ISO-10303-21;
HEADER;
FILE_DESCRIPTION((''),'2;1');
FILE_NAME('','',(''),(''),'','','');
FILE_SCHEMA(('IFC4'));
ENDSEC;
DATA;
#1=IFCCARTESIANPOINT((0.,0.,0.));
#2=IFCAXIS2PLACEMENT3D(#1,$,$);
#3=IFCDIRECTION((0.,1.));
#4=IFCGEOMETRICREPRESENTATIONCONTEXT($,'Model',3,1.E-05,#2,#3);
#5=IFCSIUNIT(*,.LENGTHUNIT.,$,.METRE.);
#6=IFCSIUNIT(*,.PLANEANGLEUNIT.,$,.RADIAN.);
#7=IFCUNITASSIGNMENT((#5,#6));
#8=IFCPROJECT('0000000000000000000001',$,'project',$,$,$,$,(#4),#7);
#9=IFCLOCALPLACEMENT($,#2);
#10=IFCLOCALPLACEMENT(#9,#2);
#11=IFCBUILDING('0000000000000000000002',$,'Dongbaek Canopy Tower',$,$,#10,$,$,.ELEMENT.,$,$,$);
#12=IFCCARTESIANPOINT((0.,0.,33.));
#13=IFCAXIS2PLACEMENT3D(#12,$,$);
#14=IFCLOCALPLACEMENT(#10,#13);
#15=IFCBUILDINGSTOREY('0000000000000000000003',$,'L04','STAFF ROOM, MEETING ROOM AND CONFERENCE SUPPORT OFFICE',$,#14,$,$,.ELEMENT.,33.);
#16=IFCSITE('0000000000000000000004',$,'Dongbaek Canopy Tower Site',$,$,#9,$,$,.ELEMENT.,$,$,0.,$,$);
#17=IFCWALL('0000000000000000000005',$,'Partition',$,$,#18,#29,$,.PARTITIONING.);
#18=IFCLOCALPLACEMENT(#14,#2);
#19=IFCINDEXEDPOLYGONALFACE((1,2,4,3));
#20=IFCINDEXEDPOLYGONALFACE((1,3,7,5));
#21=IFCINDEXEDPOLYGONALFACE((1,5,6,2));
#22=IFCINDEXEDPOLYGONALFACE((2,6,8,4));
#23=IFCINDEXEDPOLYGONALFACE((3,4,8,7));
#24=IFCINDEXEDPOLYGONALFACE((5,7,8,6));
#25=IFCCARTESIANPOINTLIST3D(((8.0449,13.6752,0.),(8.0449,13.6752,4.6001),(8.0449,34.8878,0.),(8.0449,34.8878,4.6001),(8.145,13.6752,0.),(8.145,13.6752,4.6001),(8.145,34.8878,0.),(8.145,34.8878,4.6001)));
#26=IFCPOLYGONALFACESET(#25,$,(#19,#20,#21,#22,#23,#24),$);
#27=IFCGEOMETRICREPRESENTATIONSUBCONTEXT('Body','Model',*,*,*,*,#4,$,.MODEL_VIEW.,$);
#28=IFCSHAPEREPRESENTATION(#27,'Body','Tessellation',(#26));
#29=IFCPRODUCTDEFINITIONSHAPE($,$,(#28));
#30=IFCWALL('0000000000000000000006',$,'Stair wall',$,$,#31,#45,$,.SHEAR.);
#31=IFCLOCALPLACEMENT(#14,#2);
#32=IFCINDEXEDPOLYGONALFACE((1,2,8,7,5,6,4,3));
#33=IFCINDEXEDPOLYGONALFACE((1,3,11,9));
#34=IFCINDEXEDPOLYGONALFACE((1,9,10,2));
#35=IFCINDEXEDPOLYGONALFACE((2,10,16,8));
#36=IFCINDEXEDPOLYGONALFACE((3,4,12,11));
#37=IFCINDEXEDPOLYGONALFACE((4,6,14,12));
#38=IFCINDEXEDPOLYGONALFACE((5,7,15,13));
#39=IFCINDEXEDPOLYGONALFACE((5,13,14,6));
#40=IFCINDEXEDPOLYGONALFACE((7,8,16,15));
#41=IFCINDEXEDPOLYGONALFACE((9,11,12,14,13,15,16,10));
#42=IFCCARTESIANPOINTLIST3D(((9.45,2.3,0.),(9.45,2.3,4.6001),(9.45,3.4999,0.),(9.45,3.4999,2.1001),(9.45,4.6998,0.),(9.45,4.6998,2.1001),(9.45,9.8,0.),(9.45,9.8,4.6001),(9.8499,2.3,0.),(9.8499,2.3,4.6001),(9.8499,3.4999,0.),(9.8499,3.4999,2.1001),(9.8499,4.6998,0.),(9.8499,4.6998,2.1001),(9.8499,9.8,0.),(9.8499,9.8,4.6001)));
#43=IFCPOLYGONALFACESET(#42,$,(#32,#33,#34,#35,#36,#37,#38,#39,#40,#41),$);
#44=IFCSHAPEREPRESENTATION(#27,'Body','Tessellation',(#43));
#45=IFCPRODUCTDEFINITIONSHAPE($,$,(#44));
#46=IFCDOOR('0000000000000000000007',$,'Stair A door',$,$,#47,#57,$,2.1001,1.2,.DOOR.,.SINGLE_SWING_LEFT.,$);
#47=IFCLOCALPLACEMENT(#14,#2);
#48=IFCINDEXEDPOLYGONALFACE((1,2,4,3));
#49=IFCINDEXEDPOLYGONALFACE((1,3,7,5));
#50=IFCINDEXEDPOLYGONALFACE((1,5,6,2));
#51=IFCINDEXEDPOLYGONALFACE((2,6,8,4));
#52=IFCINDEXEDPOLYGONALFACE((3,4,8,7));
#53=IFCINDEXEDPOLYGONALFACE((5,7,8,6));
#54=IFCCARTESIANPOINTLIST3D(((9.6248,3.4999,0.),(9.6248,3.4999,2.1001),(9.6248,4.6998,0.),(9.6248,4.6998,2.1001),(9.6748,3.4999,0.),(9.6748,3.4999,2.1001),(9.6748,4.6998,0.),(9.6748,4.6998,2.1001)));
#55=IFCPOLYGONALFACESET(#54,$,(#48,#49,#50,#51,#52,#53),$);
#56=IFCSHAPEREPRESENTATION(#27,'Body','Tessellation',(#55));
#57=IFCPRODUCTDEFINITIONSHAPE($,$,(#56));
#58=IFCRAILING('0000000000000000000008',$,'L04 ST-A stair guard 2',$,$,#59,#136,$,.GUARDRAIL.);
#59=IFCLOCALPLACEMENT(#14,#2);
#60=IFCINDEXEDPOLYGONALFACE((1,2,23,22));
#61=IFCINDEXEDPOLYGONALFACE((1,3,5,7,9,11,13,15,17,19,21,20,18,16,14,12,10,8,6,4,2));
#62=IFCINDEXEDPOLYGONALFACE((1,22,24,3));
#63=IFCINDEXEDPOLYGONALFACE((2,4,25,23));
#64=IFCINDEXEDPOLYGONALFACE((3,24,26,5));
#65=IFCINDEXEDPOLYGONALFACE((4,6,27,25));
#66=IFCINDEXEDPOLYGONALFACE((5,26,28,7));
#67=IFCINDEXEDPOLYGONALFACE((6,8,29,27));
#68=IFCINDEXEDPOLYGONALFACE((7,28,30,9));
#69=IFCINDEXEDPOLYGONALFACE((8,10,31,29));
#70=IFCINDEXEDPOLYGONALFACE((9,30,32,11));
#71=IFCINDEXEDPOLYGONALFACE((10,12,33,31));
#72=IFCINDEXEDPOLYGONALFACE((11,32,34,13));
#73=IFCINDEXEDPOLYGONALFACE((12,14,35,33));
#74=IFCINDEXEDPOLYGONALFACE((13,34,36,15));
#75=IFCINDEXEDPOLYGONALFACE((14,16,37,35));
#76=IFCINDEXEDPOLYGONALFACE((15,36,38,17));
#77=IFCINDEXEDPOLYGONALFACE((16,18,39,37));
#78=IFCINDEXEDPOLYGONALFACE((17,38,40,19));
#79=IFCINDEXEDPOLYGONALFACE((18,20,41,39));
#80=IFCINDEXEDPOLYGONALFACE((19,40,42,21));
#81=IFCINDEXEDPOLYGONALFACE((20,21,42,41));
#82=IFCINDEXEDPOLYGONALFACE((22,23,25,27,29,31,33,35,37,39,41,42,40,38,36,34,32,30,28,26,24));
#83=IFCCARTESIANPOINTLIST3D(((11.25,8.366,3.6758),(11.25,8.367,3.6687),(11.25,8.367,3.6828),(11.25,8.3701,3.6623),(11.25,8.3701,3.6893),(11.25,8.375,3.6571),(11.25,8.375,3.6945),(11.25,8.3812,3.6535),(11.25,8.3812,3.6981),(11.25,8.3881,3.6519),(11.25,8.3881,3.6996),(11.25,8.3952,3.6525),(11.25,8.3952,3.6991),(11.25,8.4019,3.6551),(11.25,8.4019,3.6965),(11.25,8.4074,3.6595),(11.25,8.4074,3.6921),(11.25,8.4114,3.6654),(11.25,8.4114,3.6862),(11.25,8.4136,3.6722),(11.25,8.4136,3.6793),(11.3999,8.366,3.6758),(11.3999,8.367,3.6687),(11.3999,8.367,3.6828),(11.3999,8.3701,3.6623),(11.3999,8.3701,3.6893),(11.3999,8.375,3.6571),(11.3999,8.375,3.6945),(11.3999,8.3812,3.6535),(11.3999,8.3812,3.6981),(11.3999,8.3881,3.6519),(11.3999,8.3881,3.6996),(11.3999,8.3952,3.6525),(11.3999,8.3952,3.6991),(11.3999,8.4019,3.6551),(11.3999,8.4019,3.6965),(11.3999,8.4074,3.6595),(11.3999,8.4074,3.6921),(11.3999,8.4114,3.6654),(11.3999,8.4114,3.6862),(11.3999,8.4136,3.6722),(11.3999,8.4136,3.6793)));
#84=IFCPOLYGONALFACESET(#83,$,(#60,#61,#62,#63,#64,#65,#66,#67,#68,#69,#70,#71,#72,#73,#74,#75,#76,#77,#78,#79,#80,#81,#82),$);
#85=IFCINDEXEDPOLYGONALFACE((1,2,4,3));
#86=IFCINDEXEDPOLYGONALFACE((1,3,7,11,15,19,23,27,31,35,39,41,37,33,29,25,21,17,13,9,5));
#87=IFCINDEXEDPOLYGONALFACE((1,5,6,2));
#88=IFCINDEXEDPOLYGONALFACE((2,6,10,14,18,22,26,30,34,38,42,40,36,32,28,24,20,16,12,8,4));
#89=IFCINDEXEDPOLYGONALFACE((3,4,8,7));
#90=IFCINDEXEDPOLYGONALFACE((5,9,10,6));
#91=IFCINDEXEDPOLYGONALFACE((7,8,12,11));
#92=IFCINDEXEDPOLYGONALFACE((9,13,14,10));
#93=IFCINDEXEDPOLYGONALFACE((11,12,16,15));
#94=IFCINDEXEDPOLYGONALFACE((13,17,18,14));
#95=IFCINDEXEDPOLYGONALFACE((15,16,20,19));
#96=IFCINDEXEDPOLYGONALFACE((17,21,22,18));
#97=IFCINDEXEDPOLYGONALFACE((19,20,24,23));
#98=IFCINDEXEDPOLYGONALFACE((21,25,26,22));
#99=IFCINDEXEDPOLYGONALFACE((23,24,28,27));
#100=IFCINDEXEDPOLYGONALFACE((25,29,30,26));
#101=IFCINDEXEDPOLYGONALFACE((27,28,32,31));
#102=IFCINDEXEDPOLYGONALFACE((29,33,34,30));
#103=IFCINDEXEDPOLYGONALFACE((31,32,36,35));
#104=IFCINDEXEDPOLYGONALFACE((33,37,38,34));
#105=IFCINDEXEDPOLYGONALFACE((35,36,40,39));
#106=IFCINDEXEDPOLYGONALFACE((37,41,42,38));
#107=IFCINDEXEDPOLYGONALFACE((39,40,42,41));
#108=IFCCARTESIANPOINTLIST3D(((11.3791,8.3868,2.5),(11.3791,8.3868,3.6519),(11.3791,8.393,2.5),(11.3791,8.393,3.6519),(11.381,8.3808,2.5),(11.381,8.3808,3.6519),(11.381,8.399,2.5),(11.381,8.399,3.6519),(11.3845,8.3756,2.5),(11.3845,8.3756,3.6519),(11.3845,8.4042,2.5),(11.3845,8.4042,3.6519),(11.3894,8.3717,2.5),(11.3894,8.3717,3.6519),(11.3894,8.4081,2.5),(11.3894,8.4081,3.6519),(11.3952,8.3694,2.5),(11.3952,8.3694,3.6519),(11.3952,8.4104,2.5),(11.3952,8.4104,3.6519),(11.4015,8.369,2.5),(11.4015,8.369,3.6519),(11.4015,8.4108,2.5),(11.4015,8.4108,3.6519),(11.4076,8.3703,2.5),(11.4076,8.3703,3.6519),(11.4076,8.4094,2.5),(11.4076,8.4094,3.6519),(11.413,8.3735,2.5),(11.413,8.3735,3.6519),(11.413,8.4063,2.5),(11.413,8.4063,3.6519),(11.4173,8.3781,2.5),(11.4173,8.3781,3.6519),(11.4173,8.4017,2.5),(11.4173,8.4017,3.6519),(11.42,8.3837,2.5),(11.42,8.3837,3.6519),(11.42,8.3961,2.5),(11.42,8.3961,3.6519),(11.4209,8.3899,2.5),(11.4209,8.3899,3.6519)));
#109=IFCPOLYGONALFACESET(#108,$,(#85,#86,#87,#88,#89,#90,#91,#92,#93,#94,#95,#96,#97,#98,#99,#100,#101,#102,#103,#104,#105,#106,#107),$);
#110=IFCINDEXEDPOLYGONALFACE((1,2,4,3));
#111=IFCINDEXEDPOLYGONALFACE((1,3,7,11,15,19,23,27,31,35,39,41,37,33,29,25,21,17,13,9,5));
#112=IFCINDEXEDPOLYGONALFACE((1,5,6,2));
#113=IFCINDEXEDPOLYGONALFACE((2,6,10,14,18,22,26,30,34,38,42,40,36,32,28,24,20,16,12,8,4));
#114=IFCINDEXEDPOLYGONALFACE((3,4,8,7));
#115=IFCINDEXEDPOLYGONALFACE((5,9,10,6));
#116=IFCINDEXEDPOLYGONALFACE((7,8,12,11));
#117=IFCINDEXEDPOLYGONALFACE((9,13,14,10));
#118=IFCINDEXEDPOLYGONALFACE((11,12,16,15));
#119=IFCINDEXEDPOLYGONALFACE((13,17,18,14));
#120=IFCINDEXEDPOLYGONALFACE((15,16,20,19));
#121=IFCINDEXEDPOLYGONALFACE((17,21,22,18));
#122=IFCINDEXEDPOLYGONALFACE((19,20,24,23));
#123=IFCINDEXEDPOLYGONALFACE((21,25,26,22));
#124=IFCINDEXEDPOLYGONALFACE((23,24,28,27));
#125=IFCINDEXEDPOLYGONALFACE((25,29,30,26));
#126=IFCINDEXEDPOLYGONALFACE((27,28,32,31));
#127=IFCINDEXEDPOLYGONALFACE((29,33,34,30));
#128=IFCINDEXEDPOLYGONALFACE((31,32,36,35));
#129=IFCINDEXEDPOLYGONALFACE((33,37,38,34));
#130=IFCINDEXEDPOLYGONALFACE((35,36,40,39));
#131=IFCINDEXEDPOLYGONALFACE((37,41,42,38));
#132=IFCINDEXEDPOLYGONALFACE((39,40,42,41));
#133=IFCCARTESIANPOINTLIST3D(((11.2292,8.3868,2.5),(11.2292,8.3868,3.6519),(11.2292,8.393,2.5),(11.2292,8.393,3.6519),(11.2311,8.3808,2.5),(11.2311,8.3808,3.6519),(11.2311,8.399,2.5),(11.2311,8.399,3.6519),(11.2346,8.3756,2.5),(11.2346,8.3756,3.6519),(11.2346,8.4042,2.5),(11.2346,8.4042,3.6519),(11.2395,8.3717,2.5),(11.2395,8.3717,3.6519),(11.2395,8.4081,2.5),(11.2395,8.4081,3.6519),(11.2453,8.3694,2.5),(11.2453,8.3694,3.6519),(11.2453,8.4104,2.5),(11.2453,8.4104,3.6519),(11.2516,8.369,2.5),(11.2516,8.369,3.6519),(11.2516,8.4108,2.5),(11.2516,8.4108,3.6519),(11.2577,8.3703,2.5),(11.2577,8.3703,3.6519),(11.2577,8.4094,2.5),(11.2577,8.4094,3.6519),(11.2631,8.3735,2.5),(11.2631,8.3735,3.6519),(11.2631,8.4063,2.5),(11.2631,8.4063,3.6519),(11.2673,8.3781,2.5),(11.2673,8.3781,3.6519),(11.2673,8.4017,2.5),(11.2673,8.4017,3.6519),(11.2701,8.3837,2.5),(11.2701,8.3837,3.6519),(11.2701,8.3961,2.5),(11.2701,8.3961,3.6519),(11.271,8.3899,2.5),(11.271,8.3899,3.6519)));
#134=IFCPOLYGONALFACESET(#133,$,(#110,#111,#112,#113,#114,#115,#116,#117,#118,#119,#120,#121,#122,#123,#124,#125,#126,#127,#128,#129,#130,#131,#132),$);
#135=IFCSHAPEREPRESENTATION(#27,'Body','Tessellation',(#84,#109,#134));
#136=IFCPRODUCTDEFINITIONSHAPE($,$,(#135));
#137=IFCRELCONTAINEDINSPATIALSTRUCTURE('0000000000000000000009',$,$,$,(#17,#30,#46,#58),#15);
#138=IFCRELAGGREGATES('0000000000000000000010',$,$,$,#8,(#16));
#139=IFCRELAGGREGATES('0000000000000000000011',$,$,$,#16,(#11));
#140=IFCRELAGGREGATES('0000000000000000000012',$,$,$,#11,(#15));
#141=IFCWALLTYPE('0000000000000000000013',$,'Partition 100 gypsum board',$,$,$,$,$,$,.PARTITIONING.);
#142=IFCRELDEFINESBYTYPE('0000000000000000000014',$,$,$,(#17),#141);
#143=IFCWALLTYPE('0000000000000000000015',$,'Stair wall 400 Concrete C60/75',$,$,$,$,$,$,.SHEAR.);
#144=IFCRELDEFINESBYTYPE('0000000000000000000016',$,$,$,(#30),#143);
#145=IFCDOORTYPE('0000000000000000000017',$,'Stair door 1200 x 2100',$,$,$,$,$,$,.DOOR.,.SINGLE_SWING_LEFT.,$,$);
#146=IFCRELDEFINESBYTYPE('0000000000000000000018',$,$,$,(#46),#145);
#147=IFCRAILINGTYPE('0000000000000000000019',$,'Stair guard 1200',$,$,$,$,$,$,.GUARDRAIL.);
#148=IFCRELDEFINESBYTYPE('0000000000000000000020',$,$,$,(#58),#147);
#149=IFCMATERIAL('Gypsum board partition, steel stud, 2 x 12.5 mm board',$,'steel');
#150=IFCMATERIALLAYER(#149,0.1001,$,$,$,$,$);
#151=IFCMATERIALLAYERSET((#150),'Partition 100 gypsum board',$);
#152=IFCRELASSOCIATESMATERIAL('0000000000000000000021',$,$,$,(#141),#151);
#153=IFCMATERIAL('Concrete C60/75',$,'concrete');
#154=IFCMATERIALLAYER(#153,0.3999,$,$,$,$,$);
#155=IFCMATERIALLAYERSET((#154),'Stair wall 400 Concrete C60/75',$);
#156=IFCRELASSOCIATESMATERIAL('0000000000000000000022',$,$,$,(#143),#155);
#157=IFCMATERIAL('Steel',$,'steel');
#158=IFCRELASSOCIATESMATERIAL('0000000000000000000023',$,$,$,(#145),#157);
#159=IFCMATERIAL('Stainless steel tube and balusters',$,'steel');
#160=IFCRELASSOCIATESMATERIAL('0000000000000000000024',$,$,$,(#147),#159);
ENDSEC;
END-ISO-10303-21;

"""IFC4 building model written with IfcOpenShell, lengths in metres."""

from ifc_helpers import new_model, si_unit, direction, frame, frame_2d, origin, origin_2d, place, context, subcontext, project, spatial, rectangle, circle, extrude, material, layer, layer_set, type_object, element, fill, save


model = new_model("IFC4")

# Units and contexts
model_context = context("Model", 3, precision=1e-05, world=origin(), true_north=direction((0.0, 1.0)))
body_context = subcontext(model_context, "Body", "Model", "MODEL_VIEW")
ifc_project = project(units=[si_unit("LENGTHUNIT", "METRE"), si_unit("PLANEANGLEUNIT", "RADIAN")], contexts=[model_context])

# Site, building, storey
site_placement = place(None, origin())
site = spatial("IfcSite", under=ifc_project, at=site_placement, Name="Dongbaek Canopy Tower Site", CompositionType="ELEMENT", RefElevation=0.0)
building_placement = place(site_placement, origin())
building = spatial("IfcBuilding", under=site, at=building_placement, Name="Dongbaek Canopy Tower", CompositionType="ELEMENT")
storey_placement = place(building_placement, frame((0.0, 0.0, 33.0)))
storey = spatial("IfcBuildingStorey", under=building, at=storey_placement, Name="L04", Description="STAFF ROOM, MEETING ROOM AND CONFERENCE SUPPORT OFFICE", CompositionType="ELEMENT", Elevation=33.0)

# Wall
ifc_material_1 = material(Name="Gypsum board partition, steel stud, 2 x 12.5 mm board", Category="steel")
ifc_layer_1 = layer(ifc_material_1, 0.1001)
ifc_layer_set_1 = layer_set([ifc_layer_1], Name="Partition 100 gypsum board")
wall_type_1 = type_object("IfcWallType", Name="Partition 100 gypsum board", PredefinedType="PARTITIONING", material=ifc_layer_set_1)
wall_1_placement = place(storey_placement, frame((8.095, 13.675, 0.0), z_axis=(0.0, 0.0, 1.0), x_axis=(0.0, 1.0, 0.0)))
element("IfcWall", 1, at=wall_1_placement, inside=storey, type_object=wall_type_1, Name="Partition", PredefinedType="PARTITIONING", context=body_context, shape_type="SweptSolid", body=[
    extrude(rectangle(XDim=21.2126, YDim=0.1001, at=frame_2d((10.6064, 0.0))), origin(), (0.0, 0.0, 1.0), 4.6001),
])

# Wall, opening, door
ifc_material_2 = material(Name="Concrete C60/75", Category="concrete")
ifc_layer_2 = layer(ifc_material_2, 0.3999)
ifc_layer_set_2 = layer_set([ifc_layer_2], Name="Stair wall 400 Concrete C60/75")
wall_type_2 = type_object("IfcWallType", Name="Stair wall 400 Concrete C60/75", PredefinedType="SHEAR", material=ifc_layer_set_2)
wall_2_placement = place(storey_placement, frame((9.6499, 9.8, 0.0), z_axis=(0.0, 0.0, 1.0), x_axis=(0.0, -1.0, 0.0)))
wall_2 = element("IfcWall", 2, at=wall_2_placement, inside=storey, type_object=wall_type_2, Name="Stair wall", PredefinedType="SHEAR", context=body_context, shape_type="SweptSolid", body=[
    extrude(rectangle(XDim=7.5, YDim=0.3999, at=frame_2d((3.75, 0.0))), origin(), (0.0, 0.0, 1.0), 4.6001),
])
opening_1_placement = place(wall_2_placement, frame((5.1001, 0.0, 0.0)))
opening_1 = element("IfcOpeningElement", 3, at=opening_1_placement, cuts=wall_2, PredefinedType="OPENING", context=body_context, shape_type="SweptSolid", body=[
    extrude(rectangle(XDim=1.2, YDim=2.1001, at=frame_2d((0.6001, 1.05))), frame((0.0, 0.21, 0.0), z_axis=(0.0, -1.0, 0.0), x_axis=(1.0, 0.0, 0.0)), (0.0, 0.0, 1.0), 0.4199),
])
ifc_material_3 = material(Name="Steel", Category="steel")
door_type_1 = type_object("IfcDoorType", Name="Stair door 1200 x 2100", OperationType="SINGLE_SWING_LEFT", PredefinedType="DOOR", material=ifc_material_3)
door_1_placement = place(opening_1_placement, origin())
door_1 = element("IfcDoor", 4, at=door_1_placement, inside=storey, type_object=door_type_1, Name="Stair A door", OperationType="SINGLE_SWING_LEFT", OverallHeight=2.1001, OverallWidth=1.2, PredefinedType="DOOR", context=body_context, shape_type="SweptSolid", body=[
    extrude(rectangle(XDim=1.2, YDim=2.1001, at=frame_2d((0.6001, 1.05))), frame((0.0, 0.0249, 0.0), z_axis=(0.0, -1.0, 0.0), x_axis=(1.0, 0.0, 0.0)), (0.0, 0.0, 1.0), 0.05),
])
fill(opening_1, door_1)

# Railing
ifc_material_4 = material(Name="Stainless steel tube and balusters", Category="steel")
railing_type = type_object("IfcRailingType", Name="Stair guard 1200", PredefinedType="GUARDRAIL", material=ifc_material_4)
railing_placement = place(storey_placement, frame((11.3999, 8.3899, 2.5)))
element("IfcRailing", 5, at=railing_placement, inside=storey, type_object=railing_type, Name="L04 ST-A stair guard 2", PredefinedType="GUARDRAIL", context=body_context, shape_type="SweptSolid", body=[
    extrude(circle(Radius=0.0239, at=origin_2d()), frame((0.0, 0.0, 1.1758), z_axis=(-1.0, 0.0, 0.0), x_axis=(0.0, -1.0, 0.0)), (0.0, 0.0, 1.0), 0.1499),
    extrude(circle(Radius=0.021, at=origin_2d()), origin(), (0.0, 0.0, 1.0), 1.1519),
    extrude(circle(Radius=0.021, at=origin_2d()), frame((-0.1499, 0.0, 0.0)), (0.0, 0.0, 1.0), 1.1519),
])

save(model, "model.ifc")
